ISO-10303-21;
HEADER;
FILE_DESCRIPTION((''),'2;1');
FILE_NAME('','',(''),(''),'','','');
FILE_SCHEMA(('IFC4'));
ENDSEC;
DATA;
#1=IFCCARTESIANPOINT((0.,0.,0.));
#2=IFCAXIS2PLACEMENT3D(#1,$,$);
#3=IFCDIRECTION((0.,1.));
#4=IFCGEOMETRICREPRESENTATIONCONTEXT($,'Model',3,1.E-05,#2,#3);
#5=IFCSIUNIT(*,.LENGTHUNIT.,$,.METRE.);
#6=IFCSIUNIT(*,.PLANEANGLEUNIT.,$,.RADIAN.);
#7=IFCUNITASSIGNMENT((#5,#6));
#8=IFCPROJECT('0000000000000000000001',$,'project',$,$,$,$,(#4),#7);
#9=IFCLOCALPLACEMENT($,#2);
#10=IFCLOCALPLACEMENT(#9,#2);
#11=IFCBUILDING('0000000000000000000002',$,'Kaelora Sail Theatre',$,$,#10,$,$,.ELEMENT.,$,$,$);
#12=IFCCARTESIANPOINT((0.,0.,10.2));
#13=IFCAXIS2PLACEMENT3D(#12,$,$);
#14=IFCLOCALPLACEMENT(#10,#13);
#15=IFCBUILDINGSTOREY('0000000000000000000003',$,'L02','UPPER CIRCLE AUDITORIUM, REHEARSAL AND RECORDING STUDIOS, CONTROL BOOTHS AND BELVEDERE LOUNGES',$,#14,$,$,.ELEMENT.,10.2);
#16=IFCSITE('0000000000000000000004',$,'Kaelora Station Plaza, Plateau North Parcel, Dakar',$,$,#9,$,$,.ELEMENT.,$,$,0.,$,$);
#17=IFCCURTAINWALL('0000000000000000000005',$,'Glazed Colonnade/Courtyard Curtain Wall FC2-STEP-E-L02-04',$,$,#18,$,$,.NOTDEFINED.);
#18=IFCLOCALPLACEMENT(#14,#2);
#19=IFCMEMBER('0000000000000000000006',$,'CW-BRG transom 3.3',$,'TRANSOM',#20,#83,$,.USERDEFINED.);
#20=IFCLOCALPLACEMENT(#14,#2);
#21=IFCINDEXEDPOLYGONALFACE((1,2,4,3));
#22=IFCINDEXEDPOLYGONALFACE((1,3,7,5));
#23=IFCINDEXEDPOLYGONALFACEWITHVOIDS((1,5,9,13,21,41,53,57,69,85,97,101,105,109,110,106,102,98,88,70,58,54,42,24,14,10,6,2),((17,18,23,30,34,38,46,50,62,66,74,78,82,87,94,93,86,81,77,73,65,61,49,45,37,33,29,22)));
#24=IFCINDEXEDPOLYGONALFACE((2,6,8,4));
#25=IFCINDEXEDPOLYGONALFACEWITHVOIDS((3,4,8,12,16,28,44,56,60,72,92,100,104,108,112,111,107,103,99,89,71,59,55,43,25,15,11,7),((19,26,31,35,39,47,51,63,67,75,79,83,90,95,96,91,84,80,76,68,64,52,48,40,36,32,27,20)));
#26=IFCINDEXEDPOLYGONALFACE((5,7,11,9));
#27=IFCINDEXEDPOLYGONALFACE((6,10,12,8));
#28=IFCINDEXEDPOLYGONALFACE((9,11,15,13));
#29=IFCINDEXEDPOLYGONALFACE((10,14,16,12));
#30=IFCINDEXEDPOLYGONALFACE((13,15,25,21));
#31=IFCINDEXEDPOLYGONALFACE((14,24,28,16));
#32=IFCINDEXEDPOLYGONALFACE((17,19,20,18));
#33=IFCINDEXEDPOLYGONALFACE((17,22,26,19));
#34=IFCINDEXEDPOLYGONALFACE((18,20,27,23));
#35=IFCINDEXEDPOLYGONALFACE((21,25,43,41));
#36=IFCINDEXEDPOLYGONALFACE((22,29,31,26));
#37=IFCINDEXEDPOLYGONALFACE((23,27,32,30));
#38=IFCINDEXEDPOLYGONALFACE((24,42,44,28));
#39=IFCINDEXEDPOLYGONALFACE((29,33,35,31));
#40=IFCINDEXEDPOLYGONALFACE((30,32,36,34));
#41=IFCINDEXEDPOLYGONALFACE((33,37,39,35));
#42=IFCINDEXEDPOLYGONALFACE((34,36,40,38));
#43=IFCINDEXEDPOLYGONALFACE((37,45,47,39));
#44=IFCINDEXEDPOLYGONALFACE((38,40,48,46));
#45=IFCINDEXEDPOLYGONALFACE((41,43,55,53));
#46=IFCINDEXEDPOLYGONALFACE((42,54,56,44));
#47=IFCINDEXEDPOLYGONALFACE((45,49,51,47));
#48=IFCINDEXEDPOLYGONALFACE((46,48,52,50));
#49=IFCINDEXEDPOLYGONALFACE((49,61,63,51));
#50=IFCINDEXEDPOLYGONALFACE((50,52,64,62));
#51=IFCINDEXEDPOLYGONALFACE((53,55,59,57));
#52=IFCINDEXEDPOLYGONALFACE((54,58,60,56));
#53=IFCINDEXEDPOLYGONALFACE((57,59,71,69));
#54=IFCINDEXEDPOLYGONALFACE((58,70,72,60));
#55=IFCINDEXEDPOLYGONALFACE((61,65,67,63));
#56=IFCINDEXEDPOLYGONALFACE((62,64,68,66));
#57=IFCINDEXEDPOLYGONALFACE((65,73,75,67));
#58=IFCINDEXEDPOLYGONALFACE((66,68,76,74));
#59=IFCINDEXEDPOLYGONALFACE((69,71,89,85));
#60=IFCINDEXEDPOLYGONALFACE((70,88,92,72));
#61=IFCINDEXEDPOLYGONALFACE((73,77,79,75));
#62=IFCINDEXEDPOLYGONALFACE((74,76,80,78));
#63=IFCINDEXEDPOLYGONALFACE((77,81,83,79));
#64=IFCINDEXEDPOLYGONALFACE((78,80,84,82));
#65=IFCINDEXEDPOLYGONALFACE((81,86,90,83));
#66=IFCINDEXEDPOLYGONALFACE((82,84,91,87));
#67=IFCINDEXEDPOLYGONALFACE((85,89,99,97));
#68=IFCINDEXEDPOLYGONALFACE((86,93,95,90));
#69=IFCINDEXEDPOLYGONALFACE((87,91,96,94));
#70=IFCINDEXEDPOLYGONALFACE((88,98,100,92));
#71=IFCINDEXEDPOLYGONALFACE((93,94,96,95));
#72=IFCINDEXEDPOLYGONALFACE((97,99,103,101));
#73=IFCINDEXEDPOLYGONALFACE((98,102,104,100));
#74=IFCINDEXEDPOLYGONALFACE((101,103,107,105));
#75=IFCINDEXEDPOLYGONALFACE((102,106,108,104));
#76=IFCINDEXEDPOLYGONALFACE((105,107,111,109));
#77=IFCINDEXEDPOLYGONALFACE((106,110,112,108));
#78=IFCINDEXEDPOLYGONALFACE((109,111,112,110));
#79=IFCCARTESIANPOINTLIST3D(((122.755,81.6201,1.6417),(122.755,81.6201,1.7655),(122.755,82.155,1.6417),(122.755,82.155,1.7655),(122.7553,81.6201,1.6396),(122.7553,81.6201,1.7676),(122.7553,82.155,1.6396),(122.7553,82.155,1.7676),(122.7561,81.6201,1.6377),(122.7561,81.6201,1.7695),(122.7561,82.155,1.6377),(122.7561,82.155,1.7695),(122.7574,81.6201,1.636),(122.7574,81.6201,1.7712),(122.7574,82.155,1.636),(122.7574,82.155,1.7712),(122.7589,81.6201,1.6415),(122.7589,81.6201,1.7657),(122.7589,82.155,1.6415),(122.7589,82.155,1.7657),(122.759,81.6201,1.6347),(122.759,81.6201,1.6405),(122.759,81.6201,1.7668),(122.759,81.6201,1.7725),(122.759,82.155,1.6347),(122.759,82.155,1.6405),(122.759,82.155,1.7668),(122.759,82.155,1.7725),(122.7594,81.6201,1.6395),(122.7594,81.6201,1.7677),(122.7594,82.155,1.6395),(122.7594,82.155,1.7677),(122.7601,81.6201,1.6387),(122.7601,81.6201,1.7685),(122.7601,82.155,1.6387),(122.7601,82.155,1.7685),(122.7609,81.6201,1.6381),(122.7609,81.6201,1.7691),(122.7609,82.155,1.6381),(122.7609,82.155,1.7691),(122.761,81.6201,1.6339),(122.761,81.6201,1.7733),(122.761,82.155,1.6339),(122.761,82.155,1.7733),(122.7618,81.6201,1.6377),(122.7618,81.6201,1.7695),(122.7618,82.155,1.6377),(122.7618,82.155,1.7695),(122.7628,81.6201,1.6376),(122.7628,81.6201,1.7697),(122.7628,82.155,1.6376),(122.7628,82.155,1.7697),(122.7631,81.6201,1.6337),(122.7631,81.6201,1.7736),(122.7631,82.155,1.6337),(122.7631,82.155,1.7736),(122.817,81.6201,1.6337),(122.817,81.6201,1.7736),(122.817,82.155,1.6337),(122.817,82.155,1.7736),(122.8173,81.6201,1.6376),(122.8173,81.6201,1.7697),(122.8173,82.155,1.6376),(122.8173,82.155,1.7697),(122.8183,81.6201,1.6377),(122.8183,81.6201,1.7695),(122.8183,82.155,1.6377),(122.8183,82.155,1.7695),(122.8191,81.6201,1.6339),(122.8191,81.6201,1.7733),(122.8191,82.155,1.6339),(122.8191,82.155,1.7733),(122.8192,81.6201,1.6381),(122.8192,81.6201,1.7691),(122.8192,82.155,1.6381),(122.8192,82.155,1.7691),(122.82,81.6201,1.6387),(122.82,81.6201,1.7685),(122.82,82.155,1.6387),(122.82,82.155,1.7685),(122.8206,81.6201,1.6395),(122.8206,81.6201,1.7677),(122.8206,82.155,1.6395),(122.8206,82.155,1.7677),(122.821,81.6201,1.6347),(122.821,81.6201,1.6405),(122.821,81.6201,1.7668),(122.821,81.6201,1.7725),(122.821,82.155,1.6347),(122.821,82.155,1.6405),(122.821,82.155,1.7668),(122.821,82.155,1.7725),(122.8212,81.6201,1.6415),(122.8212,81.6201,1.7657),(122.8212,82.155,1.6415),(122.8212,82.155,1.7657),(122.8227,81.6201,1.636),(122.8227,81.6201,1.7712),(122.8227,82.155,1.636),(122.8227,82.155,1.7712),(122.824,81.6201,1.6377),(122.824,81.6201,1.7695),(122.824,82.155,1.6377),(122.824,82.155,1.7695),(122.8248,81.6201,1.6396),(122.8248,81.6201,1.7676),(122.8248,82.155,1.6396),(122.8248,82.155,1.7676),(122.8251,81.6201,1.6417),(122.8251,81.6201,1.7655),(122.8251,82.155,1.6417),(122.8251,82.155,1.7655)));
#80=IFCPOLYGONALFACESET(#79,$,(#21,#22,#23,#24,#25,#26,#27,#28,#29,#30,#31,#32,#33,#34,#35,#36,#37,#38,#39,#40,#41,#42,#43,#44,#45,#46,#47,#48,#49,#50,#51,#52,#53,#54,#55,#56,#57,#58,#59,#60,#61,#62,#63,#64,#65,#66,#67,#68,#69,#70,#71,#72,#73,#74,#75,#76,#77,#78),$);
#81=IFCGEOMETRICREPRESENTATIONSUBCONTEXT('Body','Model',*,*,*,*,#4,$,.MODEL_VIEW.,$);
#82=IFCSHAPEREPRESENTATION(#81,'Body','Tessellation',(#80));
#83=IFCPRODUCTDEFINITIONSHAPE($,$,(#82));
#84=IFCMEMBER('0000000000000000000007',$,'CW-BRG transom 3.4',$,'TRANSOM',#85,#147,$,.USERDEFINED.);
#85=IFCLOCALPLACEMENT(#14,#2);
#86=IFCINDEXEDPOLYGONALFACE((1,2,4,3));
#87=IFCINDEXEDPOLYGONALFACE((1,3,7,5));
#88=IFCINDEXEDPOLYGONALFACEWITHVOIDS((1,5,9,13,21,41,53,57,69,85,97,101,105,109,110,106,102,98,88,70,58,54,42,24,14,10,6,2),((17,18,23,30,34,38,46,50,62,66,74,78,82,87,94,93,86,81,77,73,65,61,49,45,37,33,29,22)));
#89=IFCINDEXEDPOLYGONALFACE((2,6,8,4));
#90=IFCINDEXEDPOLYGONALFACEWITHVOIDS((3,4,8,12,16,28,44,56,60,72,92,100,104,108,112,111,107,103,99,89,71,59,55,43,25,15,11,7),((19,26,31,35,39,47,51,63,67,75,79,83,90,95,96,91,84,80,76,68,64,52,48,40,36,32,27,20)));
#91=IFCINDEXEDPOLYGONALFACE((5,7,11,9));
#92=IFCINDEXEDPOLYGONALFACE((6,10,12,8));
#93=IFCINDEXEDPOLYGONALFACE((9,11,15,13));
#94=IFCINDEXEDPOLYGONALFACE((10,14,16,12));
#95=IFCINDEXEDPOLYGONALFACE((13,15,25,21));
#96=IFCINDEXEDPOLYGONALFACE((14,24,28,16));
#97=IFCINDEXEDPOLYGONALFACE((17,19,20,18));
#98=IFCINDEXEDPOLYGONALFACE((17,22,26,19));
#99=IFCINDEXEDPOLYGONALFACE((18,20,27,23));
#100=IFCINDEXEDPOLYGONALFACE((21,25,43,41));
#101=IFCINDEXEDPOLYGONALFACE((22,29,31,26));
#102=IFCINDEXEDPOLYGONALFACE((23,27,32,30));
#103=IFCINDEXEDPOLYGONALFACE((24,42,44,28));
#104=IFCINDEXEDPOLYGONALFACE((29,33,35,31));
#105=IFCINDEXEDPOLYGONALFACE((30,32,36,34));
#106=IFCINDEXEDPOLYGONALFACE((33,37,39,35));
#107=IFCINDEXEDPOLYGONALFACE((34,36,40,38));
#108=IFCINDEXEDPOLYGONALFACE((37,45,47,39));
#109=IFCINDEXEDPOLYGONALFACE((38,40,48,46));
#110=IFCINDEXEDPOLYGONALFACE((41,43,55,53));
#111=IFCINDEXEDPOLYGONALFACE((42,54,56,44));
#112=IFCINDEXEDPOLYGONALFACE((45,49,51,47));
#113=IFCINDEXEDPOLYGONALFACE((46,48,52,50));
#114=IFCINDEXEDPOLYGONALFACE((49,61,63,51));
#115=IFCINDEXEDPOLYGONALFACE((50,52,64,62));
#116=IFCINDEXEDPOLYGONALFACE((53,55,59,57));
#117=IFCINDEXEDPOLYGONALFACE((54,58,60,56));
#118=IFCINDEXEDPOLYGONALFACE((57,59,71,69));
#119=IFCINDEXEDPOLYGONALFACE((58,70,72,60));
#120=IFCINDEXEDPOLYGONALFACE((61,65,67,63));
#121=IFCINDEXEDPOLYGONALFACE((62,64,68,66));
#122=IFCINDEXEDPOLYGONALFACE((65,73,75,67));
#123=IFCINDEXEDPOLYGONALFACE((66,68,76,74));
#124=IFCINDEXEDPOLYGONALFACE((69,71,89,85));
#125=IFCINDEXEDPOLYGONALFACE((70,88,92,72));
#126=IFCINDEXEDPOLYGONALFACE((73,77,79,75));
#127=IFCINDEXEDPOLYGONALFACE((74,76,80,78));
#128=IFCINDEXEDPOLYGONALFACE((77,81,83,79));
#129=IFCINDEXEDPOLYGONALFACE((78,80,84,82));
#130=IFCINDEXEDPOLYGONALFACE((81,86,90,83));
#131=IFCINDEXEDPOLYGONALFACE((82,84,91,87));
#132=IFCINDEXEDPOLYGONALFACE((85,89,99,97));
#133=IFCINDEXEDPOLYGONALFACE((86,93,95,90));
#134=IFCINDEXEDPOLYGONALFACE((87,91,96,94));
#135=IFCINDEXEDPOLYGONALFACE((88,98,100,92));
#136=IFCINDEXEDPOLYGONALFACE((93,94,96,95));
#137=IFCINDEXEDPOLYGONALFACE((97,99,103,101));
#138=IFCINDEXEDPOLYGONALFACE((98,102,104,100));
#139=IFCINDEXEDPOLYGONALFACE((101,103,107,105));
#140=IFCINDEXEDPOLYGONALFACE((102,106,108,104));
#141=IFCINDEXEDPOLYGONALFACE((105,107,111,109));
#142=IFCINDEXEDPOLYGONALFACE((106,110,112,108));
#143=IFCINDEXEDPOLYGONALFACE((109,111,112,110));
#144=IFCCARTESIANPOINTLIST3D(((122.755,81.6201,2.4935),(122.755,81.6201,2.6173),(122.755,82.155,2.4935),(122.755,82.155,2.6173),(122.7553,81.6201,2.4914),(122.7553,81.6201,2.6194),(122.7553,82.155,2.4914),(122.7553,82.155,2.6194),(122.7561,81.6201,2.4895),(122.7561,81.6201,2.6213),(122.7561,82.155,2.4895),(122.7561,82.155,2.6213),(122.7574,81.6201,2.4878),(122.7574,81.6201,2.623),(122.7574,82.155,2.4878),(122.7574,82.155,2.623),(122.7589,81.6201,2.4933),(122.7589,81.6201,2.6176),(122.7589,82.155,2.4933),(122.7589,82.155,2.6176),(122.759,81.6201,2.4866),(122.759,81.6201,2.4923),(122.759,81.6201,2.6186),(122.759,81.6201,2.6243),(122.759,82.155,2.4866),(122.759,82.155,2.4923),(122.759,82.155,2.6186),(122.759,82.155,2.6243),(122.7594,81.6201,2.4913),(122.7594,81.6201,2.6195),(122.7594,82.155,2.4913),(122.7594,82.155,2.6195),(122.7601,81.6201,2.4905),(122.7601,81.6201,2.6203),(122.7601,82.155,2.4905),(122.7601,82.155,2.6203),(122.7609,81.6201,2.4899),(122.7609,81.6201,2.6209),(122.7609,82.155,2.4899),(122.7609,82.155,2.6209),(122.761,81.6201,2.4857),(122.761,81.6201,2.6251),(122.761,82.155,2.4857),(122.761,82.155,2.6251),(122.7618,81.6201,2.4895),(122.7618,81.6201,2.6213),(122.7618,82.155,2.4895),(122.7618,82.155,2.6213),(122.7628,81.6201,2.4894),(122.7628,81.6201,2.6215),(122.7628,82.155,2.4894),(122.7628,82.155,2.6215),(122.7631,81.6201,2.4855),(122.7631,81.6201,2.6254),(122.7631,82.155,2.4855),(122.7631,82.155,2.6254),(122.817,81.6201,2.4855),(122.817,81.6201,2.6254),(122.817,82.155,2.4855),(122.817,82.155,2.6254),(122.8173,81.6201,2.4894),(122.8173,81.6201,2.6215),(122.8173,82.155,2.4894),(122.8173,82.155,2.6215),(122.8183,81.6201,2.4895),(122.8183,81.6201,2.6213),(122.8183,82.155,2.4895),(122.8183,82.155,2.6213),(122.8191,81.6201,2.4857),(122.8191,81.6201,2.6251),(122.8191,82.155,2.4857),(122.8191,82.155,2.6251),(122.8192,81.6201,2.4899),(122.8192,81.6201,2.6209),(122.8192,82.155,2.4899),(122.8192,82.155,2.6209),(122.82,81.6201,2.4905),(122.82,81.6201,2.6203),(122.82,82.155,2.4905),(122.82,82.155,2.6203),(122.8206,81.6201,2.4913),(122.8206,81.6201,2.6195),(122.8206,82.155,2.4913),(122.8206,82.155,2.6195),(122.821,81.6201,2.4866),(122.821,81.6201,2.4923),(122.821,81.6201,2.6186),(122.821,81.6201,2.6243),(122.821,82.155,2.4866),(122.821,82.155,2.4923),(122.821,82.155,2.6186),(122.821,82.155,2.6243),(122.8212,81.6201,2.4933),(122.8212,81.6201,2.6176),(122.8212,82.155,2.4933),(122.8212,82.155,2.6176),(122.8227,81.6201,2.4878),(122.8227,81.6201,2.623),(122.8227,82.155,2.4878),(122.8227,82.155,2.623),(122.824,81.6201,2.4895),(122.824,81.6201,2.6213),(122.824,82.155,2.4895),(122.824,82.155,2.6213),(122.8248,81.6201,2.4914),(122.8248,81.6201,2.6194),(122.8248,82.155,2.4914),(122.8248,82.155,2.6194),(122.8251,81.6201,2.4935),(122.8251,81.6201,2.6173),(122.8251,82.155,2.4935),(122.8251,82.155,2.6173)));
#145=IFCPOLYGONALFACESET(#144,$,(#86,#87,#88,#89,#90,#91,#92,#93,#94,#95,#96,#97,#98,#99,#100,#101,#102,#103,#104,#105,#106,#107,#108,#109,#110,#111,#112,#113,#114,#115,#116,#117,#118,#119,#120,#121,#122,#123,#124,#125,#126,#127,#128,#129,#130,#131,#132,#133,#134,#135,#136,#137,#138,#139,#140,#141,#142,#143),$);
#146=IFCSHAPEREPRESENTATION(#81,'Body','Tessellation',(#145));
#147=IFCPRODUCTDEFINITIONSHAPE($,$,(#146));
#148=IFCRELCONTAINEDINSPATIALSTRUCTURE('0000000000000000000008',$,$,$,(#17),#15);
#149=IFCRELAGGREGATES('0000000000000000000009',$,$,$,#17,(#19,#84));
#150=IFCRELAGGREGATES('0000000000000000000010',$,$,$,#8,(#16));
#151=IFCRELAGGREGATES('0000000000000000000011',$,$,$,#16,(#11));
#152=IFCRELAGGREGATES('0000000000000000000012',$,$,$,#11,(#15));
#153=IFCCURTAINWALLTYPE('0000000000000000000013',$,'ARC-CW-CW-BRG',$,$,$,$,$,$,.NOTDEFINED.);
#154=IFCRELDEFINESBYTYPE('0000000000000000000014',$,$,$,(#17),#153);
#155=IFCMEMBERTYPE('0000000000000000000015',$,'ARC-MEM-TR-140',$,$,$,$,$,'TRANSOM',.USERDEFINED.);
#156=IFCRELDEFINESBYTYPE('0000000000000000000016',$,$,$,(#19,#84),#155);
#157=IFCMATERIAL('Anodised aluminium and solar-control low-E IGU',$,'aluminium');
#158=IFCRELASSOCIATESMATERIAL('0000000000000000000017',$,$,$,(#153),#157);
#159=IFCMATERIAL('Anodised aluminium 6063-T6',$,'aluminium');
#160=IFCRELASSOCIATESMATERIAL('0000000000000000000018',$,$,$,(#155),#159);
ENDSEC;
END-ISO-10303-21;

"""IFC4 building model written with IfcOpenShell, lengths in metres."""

from ifc_helpers import new_model, si_unit, direction, frame, origin, origin_2d, place, context, subcontext, project, spatial, hollow_rectangle, extrude, material, material_profile, profile_set, type_object, element, aggregate, save


model = new_model("IFC4")

# Units and contexts
model_context = context("Model", 3, precision=1e-05, world=origin(), true_north=direction((0.0, 1.0)))
body_context = subcontext(model_context, "Body", "Model", "MODEL_VIEW")
ifc_project = project(units=[si_unit("LENGTHUNIT", "METRE"), si_unit("PLANEANGLEUNIT", "RADIAN")], contexts=[model_context])

# Site, building, storey
site_placement = place(None, origin())
site = spatial("IfcSite", under=ifc_project, at=site_placement, Name="Kaelora Station Plaza, Plateau North Parcel, Dakar", CompositionType="ELEMENT", RefElevation=0.0)
building_placement = place(site_placement, origin())
building = spatial("IfcBuilding", under=site, at=building_placement, Name="Kaelora Sail Theatre", CompositionType="ELEMENT")
storey_placement = place(building_placement, frame((0.0, 0.0, 10.2)))
storey = spatial("IfcBuildingStorey", under=building, at=storey_placement, Name="L02", Description="UPPER CIRCLE AUDITORIUM, REHEARSAL AND RECORDING STUDIOS, CONTROL BOOTHS AND BELVEDERE LOUNGES", CompositionType="ELEMENT", Elevation=10.2)

# Curtain wall, members
ifc_material_1 = material(Name="Anodised aluminium and solar-control low-E IGU", Category="aluminium")
curtain_wall_type = type_object("IfcCurtainWallType", Name="ARC-CW-CW-BRG", PredefinedType="NOTDEFINED", material=ifc_material_1)
curtain_wall_placement = place(storey_placement, origin())
curtain_wall = element("IfcCurtainWall", 1, at=curtain_wall_placement, inside=storey, type_object=curtain_wall_type, Name="Glazed Colonnade/Courtyard Curtain Wall FC2-STEP-E-L02-04", PredefinedType="NOTDEFINED")
ifc_material_2 = material(Name="Anodised aluminium 6063-T6", Category="aluminium")
ifc_material_profile_1 = material_profile(ifc_material_2, hollow_rectangle(XDim=0.0701, YDim=0.1399, WallThickness=0.0039, InnerFilletRadius=0.0039, OuterFilletRadius=0.0081, at=origin_2d()), Name="ALU-TRAN 70x140x4")
ifc_profile_set_1 = profile_set([ifc_material_profile_1], Name="Anodised aluminium 6063-T6")
member_type_1 = type_object("IfcMemberType", Name="ARC-MEM-TR-140", ElementType="TRANSOM", PredefinedType="USERDEFINED", material=ifc_profile_set_1)
member_1_placement = place(storey_placement, frame((122.79, 81.6201, 1.7036), z_axis=(0.0, 1.0, 0.0), x_axis=(-1.0, 0.0, 0.0)))
member_1 = element("IfcMember", 2, at=member_1_placement, type_object=member_type_1, Name="CW-BRG transom 3.3", ObjectType="TRANSOM", PredefinedType="USERDEFINED", context=body_context, shape_type="SweptSolid", body=[
    extrude(hollow_rectangle(XDim=0.0701, YDim=0.1399, WallThickness=0.0039, InnerFilletRadius=0.0039, OuterFilletRadius=0.0081, at=origin_2d()), origin(), (0.0, 0.0, 1.0), 0.5349),
])
member_2_placement = place(storey_placement, frame((122.79, 81.6201, 2.5554), z_axis=(0.0, 1.0, 0.0), x_axis=(-1.0, 0.0, 0.0)))
member_2 = element("IfcMember", 3, at=member_2_placement, type_object=member_type_1, Name="CW-BRG transom 3.4", ObjectType="TRANSOM", PredefinedType="USERDEFINED", context=body_context, shape_type="SweptSolid", body=[
    extrude(hollow_rectangle(XDim=0.0701, YDim=0.1399, WallThickness=0.0039, InnerFilletRadius=0.0039, OuterFilletRadius=0.0081, at=origin_2d()), origin(), (0.0, 0.0, 1.0), 0.5349),
])

aggregate(curtain_wall, [member_1, member_2])

save(model, "model.ifc")
